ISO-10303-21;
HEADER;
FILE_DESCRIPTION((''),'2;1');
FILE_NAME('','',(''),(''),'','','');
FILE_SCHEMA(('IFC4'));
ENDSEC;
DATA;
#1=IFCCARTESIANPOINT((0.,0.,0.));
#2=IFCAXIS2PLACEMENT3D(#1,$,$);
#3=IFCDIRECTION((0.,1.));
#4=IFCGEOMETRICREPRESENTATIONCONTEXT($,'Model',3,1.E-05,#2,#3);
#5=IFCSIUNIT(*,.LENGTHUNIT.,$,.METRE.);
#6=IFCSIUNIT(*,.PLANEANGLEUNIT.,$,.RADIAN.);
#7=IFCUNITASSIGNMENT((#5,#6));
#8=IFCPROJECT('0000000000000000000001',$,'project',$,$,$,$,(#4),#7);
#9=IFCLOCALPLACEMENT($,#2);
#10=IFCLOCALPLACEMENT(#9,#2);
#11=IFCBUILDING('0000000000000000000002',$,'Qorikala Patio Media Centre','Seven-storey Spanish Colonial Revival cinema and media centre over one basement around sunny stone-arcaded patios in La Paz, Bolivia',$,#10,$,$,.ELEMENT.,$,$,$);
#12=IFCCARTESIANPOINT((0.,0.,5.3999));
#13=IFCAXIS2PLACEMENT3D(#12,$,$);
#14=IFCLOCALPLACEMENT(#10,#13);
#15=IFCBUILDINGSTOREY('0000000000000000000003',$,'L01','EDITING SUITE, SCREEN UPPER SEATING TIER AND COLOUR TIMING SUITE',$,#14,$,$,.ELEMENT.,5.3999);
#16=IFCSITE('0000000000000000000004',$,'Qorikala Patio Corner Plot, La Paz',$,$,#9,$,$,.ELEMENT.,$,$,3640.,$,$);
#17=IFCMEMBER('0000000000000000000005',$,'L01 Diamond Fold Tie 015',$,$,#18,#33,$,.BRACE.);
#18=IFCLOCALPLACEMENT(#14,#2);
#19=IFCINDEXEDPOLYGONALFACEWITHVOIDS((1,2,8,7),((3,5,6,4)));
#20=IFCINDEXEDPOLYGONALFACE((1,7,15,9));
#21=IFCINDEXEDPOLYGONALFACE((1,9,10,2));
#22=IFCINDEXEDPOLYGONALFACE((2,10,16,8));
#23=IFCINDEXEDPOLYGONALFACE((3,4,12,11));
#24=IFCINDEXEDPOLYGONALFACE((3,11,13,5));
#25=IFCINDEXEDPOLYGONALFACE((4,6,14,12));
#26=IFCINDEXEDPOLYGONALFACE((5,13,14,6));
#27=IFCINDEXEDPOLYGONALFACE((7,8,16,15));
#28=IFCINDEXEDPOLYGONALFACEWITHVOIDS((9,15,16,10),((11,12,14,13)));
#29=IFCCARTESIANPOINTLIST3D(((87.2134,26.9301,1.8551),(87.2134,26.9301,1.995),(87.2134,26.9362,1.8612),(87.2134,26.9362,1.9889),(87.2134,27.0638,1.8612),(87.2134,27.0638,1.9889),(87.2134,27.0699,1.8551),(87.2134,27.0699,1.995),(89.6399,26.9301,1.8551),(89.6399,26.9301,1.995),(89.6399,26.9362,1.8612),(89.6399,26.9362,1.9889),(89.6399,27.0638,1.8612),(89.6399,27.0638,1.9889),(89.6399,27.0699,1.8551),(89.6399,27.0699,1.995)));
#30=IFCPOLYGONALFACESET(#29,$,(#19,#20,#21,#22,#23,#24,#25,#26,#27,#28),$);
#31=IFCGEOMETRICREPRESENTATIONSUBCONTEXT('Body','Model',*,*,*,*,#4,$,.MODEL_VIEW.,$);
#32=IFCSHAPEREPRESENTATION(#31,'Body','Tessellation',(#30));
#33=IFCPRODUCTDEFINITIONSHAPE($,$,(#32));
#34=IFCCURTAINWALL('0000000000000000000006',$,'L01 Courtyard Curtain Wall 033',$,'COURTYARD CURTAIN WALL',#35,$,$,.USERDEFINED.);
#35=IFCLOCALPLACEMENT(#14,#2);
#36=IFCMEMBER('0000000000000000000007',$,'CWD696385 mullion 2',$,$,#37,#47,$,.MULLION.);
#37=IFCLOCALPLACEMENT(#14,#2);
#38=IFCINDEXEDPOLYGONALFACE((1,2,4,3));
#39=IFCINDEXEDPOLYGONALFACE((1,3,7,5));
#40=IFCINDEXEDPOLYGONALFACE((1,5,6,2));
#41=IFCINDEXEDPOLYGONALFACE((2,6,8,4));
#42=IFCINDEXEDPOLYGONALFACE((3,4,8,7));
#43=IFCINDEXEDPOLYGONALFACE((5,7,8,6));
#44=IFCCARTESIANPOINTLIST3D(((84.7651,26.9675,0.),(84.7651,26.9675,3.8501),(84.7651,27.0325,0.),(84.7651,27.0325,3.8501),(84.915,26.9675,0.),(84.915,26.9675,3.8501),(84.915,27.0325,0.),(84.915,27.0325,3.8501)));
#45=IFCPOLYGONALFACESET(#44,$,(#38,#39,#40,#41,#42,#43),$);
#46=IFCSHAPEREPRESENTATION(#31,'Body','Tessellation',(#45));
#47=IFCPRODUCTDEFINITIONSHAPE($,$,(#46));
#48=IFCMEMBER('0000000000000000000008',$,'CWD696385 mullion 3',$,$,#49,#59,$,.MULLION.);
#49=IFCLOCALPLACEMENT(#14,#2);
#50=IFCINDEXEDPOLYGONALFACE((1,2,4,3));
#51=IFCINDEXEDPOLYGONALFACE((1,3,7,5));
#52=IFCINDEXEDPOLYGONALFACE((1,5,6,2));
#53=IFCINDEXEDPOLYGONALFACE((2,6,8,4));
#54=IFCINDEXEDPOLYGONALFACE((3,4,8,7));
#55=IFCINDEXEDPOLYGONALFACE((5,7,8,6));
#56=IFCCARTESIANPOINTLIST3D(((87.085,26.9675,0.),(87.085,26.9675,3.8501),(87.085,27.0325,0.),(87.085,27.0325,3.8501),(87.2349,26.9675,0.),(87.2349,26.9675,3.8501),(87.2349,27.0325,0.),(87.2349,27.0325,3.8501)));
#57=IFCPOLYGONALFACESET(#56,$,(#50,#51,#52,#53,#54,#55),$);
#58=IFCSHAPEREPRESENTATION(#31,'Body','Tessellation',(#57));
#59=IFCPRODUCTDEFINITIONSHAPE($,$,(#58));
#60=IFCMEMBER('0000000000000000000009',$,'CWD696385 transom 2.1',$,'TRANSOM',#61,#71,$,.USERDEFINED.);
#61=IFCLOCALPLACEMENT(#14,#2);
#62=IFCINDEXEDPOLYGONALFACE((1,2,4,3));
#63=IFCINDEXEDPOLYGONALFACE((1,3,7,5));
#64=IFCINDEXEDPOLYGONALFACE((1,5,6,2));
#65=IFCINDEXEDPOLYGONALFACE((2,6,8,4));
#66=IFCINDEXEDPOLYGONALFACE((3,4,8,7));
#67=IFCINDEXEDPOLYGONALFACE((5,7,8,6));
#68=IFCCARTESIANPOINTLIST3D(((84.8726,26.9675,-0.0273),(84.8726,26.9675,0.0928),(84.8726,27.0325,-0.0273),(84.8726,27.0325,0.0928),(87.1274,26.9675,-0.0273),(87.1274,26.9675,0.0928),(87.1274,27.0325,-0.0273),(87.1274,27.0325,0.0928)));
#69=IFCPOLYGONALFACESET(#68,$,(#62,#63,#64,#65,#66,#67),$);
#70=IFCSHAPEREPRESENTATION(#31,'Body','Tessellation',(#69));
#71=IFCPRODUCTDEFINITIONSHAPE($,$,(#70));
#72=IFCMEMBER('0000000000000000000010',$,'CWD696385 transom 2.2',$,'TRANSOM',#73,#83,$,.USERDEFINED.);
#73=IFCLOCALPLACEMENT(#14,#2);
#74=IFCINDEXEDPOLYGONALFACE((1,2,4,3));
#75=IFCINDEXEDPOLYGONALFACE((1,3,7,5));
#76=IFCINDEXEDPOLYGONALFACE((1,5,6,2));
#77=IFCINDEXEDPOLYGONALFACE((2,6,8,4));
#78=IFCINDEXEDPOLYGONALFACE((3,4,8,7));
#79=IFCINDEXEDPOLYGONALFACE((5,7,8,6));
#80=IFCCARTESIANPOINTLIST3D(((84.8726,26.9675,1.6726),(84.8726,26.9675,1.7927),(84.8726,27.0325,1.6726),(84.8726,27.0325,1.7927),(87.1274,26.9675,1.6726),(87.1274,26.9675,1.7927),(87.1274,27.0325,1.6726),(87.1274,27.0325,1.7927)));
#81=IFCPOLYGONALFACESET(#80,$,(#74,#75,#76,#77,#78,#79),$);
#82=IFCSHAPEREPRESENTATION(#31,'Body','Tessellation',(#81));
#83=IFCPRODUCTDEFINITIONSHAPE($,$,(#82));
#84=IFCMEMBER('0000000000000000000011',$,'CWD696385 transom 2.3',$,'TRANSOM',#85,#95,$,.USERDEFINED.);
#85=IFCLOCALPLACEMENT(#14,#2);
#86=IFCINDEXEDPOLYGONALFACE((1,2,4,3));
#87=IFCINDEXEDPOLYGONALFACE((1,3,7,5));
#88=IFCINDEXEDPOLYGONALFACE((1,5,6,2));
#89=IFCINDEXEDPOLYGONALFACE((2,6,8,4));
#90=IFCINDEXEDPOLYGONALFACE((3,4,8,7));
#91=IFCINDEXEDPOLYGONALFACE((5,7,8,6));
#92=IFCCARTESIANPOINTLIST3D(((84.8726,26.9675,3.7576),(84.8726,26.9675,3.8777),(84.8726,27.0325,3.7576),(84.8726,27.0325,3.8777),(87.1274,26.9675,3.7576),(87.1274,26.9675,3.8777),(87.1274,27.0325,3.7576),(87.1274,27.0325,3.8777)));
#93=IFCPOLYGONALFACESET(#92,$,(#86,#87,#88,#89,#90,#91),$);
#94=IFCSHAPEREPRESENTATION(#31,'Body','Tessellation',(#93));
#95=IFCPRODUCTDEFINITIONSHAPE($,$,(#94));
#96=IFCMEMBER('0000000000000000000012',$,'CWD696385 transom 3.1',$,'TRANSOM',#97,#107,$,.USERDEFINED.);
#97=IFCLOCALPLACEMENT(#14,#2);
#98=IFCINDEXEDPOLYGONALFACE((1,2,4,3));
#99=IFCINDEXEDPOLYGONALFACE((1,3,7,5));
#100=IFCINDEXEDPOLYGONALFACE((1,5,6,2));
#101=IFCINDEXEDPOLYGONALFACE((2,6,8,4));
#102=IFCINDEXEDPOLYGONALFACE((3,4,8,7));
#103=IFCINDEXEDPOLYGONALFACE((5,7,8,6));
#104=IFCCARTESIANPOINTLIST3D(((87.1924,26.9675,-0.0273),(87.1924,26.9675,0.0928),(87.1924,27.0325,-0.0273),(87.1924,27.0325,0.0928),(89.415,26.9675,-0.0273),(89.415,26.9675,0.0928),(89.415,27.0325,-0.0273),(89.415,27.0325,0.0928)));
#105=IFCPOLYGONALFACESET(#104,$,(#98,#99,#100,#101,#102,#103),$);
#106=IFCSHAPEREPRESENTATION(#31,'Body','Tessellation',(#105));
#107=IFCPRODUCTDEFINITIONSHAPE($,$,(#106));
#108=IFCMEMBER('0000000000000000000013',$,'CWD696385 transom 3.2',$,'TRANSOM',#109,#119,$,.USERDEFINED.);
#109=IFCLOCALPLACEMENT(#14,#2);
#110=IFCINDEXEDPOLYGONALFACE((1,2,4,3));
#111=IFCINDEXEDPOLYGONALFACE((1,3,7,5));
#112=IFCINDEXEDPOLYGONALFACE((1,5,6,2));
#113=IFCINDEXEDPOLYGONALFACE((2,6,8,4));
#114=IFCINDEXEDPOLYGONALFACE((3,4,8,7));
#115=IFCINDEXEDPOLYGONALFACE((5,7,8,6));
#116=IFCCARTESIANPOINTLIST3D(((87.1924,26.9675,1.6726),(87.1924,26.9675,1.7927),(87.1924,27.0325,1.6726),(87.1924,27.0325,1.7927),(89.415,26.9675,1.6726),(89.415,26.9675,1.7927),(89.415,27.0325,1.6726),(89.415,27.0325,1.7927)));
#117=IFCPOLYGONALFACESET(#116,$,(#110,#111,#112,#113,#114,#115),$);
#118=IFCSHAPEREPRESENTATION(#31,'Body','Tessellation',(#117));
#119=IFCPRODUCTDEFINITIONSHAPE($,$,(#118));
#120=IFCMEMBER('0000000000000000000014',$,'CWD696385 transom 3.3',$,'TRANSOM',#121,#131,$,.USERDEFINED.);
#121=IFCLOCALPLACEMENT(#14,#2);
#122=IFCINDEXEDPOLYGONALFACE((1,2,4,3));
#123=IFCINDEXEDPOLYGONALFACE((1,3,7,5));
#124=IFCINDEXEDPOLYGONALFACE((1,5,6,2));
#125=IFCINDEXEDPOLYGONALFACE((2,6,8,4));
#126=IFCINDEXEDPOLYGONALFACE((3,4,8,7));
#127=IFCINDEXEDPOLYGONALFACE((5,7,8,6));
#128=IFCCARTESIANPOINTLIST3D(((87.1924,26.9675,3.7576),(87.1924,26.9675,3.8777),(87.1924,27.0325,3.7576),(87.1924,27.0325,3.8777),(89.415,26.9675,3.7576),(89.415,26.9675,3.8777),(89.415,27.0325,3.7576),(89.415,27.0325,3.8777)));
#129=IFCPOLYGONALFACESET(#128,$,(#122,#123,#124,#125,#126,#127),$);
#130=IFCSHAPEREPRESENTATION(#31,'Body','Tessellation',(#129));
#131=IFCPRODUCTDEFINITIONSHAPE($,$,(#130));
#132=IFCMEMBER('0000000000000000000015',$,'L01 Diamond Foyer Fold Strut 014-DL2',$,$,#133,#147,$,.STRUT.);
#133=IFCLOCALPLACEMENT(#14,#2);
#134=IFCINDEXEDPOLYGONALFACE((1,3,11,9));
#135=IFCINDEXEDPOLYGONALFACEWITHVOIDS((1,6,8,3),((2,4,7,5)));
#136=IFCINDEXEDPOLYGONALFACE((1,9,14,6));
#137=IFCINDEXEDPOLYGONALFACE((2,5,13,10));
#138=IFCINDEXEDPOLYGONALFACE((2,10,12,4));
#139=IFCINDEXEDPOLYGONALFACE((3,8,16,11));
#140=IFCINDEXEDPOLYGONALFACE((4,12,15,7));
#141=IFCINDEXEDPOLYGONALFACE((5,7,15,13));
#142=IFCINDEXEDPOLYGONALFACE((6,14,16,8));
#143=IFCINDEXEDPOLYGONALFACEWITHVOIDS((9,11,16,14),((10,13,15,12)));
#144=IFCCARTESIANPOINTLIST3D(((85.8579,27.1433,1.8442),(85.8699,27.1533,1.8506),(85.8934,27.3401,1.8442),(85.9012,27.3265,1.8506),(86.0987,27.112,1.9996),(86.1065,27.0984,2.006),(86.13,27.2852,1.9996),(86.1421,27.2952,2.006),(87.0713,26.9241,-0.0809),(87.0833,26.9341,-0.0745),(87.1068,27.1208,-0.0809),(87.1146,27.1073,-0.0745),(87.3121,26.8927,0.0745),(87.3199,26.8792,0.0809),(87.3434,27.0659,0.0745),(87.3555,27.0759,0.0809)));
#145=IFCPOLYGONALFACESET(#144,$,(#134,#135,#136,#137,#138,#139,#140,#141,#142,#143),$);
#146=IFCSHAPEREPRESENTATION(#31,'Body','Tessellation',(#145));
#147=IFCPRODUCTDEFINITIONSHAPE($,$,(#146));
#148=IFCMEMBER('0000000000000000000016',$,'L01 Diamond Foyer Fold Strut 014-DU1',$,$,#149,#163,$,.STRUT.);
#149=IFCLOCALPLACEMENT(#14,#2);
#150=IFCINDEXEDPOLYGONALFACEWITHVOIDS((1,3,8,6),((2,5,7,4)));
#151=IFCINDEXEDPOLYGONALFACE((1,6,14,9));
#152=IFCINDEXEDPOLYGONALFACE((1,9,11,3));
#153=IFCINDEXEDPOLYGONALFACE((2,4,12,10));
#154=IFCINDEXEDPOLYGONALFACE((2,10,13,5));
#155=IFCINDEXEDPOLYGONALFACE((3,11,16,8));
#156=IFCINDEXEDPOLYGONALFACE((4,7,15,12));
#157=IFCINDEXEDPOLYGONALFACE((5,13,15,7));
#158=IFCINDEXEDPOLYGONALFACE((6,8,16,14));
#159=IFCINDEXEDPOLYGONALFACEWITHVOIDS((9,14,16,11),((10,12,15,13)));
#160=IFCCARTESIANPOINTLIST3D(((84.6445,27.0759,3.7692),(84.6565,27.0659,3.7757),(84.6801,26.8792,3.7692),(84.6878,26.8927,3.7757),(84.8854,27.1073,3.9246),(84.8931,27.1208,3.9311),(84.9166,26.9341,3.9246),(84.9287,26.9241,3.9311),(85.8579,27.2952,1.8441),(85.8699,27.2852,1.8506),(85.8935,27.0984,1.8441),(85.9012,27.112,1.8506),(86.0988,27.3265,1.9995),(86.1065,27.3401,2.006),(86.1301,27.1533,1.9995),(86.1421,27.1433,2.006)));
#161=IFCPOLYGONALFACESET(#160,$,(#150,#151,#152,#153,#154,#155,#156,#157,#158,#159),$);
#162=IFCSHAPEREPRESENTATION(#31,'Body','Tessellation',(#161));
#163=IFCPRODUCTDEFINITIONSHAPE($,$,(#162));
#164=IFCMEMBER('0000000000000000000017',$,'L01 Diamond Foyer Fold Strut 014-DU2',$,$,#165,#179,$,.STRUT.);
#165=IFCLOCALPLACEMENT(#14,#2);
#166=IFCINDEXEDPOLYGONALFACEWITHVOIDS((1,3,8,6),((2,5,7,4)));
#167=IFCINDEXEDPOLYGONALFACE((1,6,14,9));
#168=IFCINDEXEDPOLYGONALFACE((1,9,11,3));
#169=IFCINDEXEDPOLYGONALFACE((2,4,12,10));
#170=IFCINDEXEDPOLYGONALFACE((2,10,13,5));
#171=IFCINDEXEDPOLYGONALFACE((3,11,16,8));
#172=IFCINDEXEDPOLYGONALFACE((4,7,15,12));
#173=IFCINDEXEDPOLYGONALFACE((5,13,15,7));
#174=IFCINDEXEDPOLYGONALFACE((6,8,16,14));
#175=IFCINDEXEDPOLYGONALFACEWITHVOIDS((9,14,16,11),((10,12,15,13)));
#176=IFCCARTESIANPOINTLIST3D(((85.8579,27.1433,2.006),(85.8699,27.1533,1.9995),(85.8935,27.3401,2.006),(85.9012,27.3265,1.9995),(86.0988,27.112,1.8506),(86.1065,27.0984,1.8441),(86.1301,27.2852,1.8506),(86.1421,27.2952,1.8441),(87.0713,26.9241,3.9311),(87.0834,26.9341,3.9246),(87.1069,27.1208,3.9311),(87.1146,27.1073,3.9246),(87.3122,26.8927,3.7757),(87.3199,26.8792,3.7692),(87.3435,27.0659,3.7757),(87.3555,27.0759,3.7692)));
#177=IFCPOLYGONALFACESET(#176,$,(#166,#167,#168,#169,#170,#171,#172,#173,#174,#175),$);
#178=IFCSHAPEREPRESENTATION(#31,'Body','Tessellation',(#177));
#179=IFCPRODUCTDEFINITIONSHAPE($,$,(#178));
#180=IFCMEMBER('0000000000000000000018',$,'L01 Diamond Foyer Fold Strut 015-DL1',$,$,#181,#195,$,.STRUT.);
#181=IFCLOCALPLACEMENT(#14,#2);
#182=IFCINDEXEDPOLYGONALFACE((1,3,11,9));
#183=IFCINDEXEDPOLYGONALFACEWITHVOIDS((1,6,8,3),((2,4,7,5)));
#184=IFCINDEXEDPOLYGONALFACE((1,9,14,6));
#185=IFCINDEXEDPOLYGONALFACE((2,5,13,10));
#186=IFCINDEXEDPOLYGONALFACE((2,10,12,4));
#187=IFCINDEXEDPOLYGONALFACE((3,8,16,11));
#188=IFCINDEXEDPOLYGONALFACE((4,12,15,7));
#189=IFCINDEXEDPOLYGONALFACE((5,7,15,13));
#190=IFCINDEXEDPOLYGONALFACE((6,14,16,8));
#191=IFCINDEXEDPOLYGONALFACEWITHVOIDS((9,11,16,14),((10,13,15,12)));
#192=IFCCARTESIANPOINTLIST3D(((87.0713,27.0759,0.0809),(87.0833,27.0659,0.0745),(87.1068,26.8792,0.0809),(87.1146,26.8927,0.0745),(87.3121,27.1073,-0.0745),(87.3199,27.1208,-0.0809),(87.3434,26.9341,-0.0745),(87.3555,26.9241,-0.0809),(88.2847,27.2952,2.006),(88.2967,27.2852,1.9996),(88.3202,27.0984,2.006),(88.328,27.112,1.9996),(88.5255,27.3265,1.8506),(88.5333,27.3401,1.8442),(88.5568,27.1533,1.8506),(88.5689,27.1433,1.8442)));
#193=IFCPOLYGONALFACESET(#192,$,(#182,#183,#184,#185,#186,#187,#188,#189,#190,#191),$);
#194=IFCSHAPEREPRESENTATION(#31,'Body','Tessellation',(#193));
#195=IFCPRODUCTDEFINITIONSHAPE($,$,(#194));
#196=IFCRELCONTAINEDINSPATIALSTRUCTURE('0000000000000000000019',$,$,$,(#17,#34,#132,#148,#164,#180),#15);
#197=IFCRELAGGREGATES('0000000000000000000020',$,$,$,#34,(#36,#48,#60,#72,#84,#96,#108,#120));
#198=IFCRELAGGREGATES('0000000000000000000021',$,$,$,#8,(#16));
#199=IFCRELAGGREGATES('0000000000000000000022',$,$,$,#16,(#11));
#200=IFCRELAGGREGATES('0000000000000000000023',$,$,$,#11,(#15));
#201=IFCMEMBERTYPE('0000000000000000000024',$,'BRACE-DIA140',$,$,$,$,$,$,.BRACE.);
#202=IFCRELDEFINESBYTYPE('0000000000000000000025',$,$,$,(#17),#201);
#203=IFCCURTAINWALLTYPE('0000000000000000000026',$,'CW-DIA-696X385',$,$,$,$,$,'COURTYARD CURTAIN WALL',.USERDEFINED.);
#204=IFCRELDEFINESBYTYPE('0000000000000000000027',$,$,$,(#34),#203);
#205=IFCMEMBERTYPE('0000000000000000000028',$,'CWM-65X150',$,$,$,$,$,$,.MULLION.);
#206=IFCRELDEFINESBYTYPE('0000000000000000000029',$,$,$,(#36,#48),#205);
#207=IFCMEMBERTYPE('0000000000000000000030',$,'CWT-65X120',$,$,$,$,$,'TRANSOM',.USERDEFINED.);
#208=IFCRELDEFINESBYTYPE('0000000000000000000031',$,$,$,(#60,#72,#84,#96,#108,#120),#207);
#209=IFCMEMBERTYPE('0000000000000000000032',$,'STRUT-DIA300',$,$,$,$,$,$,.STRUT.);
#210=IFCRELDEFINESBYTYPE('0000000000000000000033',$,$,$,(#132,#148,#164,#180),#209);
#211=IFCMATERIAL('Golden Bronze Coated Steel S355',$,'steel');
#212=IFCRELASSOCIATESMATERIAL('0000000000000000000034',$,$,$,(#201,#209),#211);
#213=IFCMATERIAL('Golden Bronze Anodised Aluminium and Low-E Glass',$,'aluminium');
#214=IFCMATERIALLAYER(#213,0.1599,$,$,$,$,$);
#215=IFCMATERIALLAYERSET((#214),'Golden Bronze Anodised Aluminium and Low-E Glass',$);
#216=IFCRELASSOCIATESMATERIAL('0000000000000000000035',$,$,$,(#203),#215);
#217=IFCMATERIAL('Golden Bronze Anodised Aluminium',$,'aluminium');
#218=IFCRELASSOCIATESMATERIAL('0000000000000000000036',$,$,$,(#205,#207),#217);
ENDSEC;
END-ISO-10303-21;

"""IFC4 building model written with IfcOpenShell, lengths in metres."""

from ifc_helpers import new_model, si_unit, direction, frame, origin, origin_2d, place, context, subcontext, project, spatial, rectangle, hollow_rectangle, extrude, material, layer, layer_set, material_profile, profile_set, type_object, element, aggregate, save


model = new_model("IFC4")

# Units and contexts
model_context = context("Model", 3, precision=1e-05, world=origin(), true_north=direction((0.0, 1.0)))
body_context = subcontext(model_context, "Body", "Model", "MODEL_VIEW")
ifc_project = project(units=[si_unit("LENGTHUNIT", "METRE"), si_unit("PLANEANGLEUNIT", "RADIAN")], contexts=[model_context])

# Site, building, storey
site_placement = place(None, origin())
site = spatial("IfcSite", under=ifc_project, at=site_placement, Name="Qorikala Patio Corner Plot, La Paz", CompositionType="ELEMENT", RefElevation=3640.0)
building_placement = place(site_placement, origin())
building = spatial("IfcBuilding", under=site, at=building_placement, Name="Qorikala Patio Media Centre", Description="Seven-storey Spanish Colonial Revival cinema and media centre over one basement around sunny stone-arcaded patios in La Paz, Bolivia", CompositionType="ELEMENT")
storey_placement = place(building_placement, frame((0.0, 0.0, 5.3999)))
storey = spatial("IfcBuildingStorey", under=building, at=storey_placement, Name="L01", Description="EDITING SUITE, SCREEN UPPER SEATING TIER AND COLOUR TIMING SUITE", CompositionType="ELEMENT", Elevation=5.3999)

# Member
ifc_material_1 = material(Name="Golden Bronze Coated Steel S355", Category="steel")
ifc_material_profile_1 = material_profile(ifc_material_1, hollow_rectangle(XDim=0.1399, YDim=0.1399, WallThickness=0.0061, at=origin_2d()), Name="HSS140X140X6")
ifc_profile_set_1 = profile_set([ifc_material_profile_1], Name="Golden Bronze Coated Steel S355")
member_type_1 = type_object("IfcMemberType", Name="BRACE-DIA140", PredefinedType="BRACE", material=ifc_profile_set_1)
member_1_placement = place(storey_placement, frame((87.2134, 27.0, 1.925), z_axis=(1.0, 0.0, 0.0), x_axis=(0.0, 1.0, 0.0)))
element("IfcMember", 1, at=member_1_placement, inside=storey, type_object=member_type_1, Name="L01 Diamond Fold Tie 015", PredefinedType="BRACE", context=body_context, shape_type="SweptSolid", body=[
    extrude(hollow_rectangle(XDim=0.1399, YDim=0.1399, WallThickness=0.0061, at=origin_2d()), origin(), (0.0, 0.0, 1.0), 2.4265),
])

# Curtain wall, members
ifc_material_2 = material(Name="Golden Bronze Anodised Aluminium and Low-E Glass", Category="aluminium")
ifc_layer_1 = layer(ifc_material_2, 0.1599)
ifc_layer_set_1 = layer_set([ifc_layer_1], Name="Golden Bronze Anodised Aluminium and Low-E Glass")
curtain_wall_type = type_object("IfcCurtainWallType", Name="CW-DIA-696X385", ElementType="COURTYARD CURTAIN WALL", PredefinedType="USERDEFINED", material=ifc_layer_set_1)
curtain_wall_placement = place(storey_placement, origin())
curtain_wall = element("IfcCurtainWall", 2, at=curtain_wall_placement, inside=storey, type_object=curtain_wall_type, Name="L01 Courtyard Curtain Wall 033", ObjectType="COURTYARD CURTAIN WALL", PredefinedType="USERDEFINED")
ifc_material_3 = material(Name="Golden Bronze Anodised Aluminium", Category="aluminium")
ifc_material_profile_2 = material_profile(ifc_material_3, rectangle(XDim=0.0649, YDim=0.1499, at=origin_2d()), Name="ALU MULLION 65x150")
ifc_profile_set_2 = profile_set([ifc_material_profile_2], Name="Golden Bronze Anodised Aluminium")
member_type_2 = type_object("IfcMemberType", Name="CWM-65X150", PredefinedType="MULLION", material=ifc_profile_set_2)
member_2_placement = place(storey_placement, frame((84.8401, 27.0, 0.0), z_axis=(0.0, 0.0, 1.0), x_axis=(0.0, 1.0, 0.0)))
member_2 = element("IfcMember", 3, at=member_2_placement, type_object=member_type_2, Name="CWD696385 mullion 2", PredefinedType="MULLION", context=body_context, shape_type="SweptSolid", body=[
    extrude(rectangle(XDim=0.0649, YDim=0.1499, at=origin_2d()), origin(), (0.0, 0.0, 1.0), 3.8501),
])
member_3_placement = place(storey_placement, frame((87.1599, 27.0, 0.0), z_axis=(0.0, 0.0, 1.0), x_axis=(0.0, 1.0, 0.0)))
member_3 = element("IfcMember", 4, at=member_3_placement, type_object=member_type_2, Name="CWD696385 mullion 3", PredefinedType="MULLION", context=body_context, shape_type="SweptSolid", body=[
    extrude(rectangle(XDim=0.0649, YDim=0.1499, at=origin_2d()), origin(), (0.0, 0.0, 1.0), 3.8501),
])
ifc_material_profile_3 = material_profile(ifc_material_3, rectangle(XDim=0.0649, YDim=0.1201, at=origin_2d()), Name="ALU TRANSOM 65x120")
ifc_profile_set_3 = profile_set([ifc_material_profile_3], Name="Golden Bronze Anodised Aluminium")
member_type_3 = type_object("IfcMemberType", Name="CWT-65X120", ElementType="TRANSOM", PredefinedType="USERDEFINED", material=ifc_profile_set_3)
member_4_placement = place(storey_placement, frame((84.8726, 27.0, 0.0327), z_axis=(1.0, 0.0, 0.0), x_axis=(0.0, 1.0, 0.0)))
member_4 = element("IfcMember", 5, at=member_4_placement, type_object=member_type_3, Name="CWD696385 transom 2.1", ObjectType="TRANSOM", PredefinedType="USERDEFINED", context=body_context, shape_type="SweptSolid", body=[
    extrude(rectangle(XDim=0.0649, YDim=0.1201, at=origin_2d()), origin(), (0.0, 0.0, 1.0), 2.2549),
])
member_5_placement = place(storey_placement, frame((84.8726, 27.0, 1.7327), z_axis=(1.0, 0.0, 0.0), x_axis=(0.0, 1.0, 0.0)))
member_5 = element("IfcMember", 6, at=member_5_placement, type_object=member_type_3, Name="CWD696385 transom 2.2", ObjectType="TRANSOM", PredefinedType="USERDEFINED", context=body_context, shape_type="SweptSolid", body=[
    extrude(rectangle(XDim=0.0649, YDim=0.1201, at=origin_2d()), origin(), (0.0, 0.0, 1.0), 2.2549),
])
member_6_placement = place(storey_placement, frame((84.8726, 27.0, 3.8176), z_axis=(1.0, 0.0, 0.0), x_axis=(0.0, 1.0, 0.0)))
member_6 = element("IfcMember", 7, at=member_6_placement, type_object=member_type_3, Name="CWD696385 transom 2.3", ObjectType="TRANSOM", PredefinedType="USERDEFINED", context=body_context, shape_type="SweptSolid", body=[
    extrude(rectangle(XDim=0.0649, YDim=0.1201, at=origin_2d()), origin(), (0.0, 0.0, 1.0), 2.2549),
])
member_7_placement = place(storey_placement, frame((87.1924, 27.0, 0.0327), z_axis=(1.0, 0.0, 0.0), x_axis=(0.0, 1.0, 0.0)))
member_7 = element("IfcMember", 8, at=member_7_placement, type_object=member_type_3, Name="CWD696385 transom 3.1", ObjectType="TRANSOM", PredefinedType="USERDEFINED", context=body_context, shape_type="SweptSolid", body=[
    extrude(rectangle(XDim=0.0649, YDim=0.1201, at=origin_2d()), origin(), (0.0, 0.0, 1.0), 2.2227),
])
member_8_placement = place(storey_placement, frame((87.1924, 27.0, 1.7327), z_axis=(1.0, 0.0, 0.0), x_axis=(0.0, 1.0, 0.0)))
member_8 = element("IfcMember", 9, at=member_8_placement, type_object=member_type_3, Name="CWD696385 transom 3.2", ObjectType="TRANSOM", PredefinedType="USERDEFINED", context=body_context, shape_type="SweptSolid", body=[
    extrude(rectangle(XDim=0.0649, YDim=0.1201, at=origin_2d()), origin(), (0.0, 0.0, 1.0), 2.2227),
])
member_9_placement = place(storey_placement, frame((87.1924, 27.0, 3.8176), z_axis=(1.0, 0.0, 0.0), x_axis=(0.0, 1.0, 0.0)))
member_9 = element("IfcMember", 10, at=member_9_placement, type_object=member_type_3, Name="CWD696385 transom 3.3", ObjectType="TRANSOM", PredefinedType="USERDEFINED", context=body_context, shape_type="SweptSolid", body=[
    extrude(rectangle(XDim=0.0649, YDim=0.1201, at=origin_2d()), origin(), (0.0, 0.0, 1.0), 2.2227),
])

# Members
ifc_material_profile_4 = material_profile(ifc_material_1, hollow_rectangle(XDim=0.2, YDim=0.3, WallThickness=0.012, at=origin_2d()), Name="HSS300X200X12")
ifc_profile_set_4 = profile_set([ifc_material_profile_4], Name="Golden Bronze Coated Steel S355")
member_type_4 = type_object("IfcMemberType", Name="STRUT-DIA300", PredefinedType="STRUT", material=ifc_profile_set_4)
for number, where, z_axis, x_axis, name in (
    (11, (87.2134, 27.0, 0.0), (-0.530768, 0.095901, 0.842074), (-0.177805, -0.984066, 0.0), "L01 Diamond Foyer Fold Strut 014-DL2"),
    (12, (86.0, 27.2192, 1.925), (-0.530768, -0.095901, 0.842074), (0.177805, -0.984066, 0.0), "L01 Diamond Foyer Fold Strut 014-DU1"),
    (13, (86.0, 27.2192, 1.925), (0.530768, -0.095901, 0.842074), (0.177805, 0.984066, 0.0), "L01 Diamond Foyer Fold Strut 014-DU2"),
    (14, (87.2134, 27.0, 0.0), (0.530768, 0.095901, 0.842074), (-0.177805, 0.984066, 0.0), "L01 Diamond Foyer Fold Strut 015-DL1"),
):
    element("IfcMember", number, at=place(storey_placement, frame(where, z_axis=z_axis, x_axis=x_axis)), inside=storey, type_object=member_type_4, Name=name, PredefinedType="STRUT", context=body_context, shape_type="SweptSolid", body=[
        extrude(hollow_rectangle(XDim=0.2, YDim=0.3, WallThickness=0.012, at=origin_2d()), origin(), (0.0, 0.0, 1.0), 2.2861),
    ])

aggregate(curtain_wall, [member_2, member_3, member_4, member_5, member_6, member_7, member_8, member_9])

save(model, "model.ifc")
